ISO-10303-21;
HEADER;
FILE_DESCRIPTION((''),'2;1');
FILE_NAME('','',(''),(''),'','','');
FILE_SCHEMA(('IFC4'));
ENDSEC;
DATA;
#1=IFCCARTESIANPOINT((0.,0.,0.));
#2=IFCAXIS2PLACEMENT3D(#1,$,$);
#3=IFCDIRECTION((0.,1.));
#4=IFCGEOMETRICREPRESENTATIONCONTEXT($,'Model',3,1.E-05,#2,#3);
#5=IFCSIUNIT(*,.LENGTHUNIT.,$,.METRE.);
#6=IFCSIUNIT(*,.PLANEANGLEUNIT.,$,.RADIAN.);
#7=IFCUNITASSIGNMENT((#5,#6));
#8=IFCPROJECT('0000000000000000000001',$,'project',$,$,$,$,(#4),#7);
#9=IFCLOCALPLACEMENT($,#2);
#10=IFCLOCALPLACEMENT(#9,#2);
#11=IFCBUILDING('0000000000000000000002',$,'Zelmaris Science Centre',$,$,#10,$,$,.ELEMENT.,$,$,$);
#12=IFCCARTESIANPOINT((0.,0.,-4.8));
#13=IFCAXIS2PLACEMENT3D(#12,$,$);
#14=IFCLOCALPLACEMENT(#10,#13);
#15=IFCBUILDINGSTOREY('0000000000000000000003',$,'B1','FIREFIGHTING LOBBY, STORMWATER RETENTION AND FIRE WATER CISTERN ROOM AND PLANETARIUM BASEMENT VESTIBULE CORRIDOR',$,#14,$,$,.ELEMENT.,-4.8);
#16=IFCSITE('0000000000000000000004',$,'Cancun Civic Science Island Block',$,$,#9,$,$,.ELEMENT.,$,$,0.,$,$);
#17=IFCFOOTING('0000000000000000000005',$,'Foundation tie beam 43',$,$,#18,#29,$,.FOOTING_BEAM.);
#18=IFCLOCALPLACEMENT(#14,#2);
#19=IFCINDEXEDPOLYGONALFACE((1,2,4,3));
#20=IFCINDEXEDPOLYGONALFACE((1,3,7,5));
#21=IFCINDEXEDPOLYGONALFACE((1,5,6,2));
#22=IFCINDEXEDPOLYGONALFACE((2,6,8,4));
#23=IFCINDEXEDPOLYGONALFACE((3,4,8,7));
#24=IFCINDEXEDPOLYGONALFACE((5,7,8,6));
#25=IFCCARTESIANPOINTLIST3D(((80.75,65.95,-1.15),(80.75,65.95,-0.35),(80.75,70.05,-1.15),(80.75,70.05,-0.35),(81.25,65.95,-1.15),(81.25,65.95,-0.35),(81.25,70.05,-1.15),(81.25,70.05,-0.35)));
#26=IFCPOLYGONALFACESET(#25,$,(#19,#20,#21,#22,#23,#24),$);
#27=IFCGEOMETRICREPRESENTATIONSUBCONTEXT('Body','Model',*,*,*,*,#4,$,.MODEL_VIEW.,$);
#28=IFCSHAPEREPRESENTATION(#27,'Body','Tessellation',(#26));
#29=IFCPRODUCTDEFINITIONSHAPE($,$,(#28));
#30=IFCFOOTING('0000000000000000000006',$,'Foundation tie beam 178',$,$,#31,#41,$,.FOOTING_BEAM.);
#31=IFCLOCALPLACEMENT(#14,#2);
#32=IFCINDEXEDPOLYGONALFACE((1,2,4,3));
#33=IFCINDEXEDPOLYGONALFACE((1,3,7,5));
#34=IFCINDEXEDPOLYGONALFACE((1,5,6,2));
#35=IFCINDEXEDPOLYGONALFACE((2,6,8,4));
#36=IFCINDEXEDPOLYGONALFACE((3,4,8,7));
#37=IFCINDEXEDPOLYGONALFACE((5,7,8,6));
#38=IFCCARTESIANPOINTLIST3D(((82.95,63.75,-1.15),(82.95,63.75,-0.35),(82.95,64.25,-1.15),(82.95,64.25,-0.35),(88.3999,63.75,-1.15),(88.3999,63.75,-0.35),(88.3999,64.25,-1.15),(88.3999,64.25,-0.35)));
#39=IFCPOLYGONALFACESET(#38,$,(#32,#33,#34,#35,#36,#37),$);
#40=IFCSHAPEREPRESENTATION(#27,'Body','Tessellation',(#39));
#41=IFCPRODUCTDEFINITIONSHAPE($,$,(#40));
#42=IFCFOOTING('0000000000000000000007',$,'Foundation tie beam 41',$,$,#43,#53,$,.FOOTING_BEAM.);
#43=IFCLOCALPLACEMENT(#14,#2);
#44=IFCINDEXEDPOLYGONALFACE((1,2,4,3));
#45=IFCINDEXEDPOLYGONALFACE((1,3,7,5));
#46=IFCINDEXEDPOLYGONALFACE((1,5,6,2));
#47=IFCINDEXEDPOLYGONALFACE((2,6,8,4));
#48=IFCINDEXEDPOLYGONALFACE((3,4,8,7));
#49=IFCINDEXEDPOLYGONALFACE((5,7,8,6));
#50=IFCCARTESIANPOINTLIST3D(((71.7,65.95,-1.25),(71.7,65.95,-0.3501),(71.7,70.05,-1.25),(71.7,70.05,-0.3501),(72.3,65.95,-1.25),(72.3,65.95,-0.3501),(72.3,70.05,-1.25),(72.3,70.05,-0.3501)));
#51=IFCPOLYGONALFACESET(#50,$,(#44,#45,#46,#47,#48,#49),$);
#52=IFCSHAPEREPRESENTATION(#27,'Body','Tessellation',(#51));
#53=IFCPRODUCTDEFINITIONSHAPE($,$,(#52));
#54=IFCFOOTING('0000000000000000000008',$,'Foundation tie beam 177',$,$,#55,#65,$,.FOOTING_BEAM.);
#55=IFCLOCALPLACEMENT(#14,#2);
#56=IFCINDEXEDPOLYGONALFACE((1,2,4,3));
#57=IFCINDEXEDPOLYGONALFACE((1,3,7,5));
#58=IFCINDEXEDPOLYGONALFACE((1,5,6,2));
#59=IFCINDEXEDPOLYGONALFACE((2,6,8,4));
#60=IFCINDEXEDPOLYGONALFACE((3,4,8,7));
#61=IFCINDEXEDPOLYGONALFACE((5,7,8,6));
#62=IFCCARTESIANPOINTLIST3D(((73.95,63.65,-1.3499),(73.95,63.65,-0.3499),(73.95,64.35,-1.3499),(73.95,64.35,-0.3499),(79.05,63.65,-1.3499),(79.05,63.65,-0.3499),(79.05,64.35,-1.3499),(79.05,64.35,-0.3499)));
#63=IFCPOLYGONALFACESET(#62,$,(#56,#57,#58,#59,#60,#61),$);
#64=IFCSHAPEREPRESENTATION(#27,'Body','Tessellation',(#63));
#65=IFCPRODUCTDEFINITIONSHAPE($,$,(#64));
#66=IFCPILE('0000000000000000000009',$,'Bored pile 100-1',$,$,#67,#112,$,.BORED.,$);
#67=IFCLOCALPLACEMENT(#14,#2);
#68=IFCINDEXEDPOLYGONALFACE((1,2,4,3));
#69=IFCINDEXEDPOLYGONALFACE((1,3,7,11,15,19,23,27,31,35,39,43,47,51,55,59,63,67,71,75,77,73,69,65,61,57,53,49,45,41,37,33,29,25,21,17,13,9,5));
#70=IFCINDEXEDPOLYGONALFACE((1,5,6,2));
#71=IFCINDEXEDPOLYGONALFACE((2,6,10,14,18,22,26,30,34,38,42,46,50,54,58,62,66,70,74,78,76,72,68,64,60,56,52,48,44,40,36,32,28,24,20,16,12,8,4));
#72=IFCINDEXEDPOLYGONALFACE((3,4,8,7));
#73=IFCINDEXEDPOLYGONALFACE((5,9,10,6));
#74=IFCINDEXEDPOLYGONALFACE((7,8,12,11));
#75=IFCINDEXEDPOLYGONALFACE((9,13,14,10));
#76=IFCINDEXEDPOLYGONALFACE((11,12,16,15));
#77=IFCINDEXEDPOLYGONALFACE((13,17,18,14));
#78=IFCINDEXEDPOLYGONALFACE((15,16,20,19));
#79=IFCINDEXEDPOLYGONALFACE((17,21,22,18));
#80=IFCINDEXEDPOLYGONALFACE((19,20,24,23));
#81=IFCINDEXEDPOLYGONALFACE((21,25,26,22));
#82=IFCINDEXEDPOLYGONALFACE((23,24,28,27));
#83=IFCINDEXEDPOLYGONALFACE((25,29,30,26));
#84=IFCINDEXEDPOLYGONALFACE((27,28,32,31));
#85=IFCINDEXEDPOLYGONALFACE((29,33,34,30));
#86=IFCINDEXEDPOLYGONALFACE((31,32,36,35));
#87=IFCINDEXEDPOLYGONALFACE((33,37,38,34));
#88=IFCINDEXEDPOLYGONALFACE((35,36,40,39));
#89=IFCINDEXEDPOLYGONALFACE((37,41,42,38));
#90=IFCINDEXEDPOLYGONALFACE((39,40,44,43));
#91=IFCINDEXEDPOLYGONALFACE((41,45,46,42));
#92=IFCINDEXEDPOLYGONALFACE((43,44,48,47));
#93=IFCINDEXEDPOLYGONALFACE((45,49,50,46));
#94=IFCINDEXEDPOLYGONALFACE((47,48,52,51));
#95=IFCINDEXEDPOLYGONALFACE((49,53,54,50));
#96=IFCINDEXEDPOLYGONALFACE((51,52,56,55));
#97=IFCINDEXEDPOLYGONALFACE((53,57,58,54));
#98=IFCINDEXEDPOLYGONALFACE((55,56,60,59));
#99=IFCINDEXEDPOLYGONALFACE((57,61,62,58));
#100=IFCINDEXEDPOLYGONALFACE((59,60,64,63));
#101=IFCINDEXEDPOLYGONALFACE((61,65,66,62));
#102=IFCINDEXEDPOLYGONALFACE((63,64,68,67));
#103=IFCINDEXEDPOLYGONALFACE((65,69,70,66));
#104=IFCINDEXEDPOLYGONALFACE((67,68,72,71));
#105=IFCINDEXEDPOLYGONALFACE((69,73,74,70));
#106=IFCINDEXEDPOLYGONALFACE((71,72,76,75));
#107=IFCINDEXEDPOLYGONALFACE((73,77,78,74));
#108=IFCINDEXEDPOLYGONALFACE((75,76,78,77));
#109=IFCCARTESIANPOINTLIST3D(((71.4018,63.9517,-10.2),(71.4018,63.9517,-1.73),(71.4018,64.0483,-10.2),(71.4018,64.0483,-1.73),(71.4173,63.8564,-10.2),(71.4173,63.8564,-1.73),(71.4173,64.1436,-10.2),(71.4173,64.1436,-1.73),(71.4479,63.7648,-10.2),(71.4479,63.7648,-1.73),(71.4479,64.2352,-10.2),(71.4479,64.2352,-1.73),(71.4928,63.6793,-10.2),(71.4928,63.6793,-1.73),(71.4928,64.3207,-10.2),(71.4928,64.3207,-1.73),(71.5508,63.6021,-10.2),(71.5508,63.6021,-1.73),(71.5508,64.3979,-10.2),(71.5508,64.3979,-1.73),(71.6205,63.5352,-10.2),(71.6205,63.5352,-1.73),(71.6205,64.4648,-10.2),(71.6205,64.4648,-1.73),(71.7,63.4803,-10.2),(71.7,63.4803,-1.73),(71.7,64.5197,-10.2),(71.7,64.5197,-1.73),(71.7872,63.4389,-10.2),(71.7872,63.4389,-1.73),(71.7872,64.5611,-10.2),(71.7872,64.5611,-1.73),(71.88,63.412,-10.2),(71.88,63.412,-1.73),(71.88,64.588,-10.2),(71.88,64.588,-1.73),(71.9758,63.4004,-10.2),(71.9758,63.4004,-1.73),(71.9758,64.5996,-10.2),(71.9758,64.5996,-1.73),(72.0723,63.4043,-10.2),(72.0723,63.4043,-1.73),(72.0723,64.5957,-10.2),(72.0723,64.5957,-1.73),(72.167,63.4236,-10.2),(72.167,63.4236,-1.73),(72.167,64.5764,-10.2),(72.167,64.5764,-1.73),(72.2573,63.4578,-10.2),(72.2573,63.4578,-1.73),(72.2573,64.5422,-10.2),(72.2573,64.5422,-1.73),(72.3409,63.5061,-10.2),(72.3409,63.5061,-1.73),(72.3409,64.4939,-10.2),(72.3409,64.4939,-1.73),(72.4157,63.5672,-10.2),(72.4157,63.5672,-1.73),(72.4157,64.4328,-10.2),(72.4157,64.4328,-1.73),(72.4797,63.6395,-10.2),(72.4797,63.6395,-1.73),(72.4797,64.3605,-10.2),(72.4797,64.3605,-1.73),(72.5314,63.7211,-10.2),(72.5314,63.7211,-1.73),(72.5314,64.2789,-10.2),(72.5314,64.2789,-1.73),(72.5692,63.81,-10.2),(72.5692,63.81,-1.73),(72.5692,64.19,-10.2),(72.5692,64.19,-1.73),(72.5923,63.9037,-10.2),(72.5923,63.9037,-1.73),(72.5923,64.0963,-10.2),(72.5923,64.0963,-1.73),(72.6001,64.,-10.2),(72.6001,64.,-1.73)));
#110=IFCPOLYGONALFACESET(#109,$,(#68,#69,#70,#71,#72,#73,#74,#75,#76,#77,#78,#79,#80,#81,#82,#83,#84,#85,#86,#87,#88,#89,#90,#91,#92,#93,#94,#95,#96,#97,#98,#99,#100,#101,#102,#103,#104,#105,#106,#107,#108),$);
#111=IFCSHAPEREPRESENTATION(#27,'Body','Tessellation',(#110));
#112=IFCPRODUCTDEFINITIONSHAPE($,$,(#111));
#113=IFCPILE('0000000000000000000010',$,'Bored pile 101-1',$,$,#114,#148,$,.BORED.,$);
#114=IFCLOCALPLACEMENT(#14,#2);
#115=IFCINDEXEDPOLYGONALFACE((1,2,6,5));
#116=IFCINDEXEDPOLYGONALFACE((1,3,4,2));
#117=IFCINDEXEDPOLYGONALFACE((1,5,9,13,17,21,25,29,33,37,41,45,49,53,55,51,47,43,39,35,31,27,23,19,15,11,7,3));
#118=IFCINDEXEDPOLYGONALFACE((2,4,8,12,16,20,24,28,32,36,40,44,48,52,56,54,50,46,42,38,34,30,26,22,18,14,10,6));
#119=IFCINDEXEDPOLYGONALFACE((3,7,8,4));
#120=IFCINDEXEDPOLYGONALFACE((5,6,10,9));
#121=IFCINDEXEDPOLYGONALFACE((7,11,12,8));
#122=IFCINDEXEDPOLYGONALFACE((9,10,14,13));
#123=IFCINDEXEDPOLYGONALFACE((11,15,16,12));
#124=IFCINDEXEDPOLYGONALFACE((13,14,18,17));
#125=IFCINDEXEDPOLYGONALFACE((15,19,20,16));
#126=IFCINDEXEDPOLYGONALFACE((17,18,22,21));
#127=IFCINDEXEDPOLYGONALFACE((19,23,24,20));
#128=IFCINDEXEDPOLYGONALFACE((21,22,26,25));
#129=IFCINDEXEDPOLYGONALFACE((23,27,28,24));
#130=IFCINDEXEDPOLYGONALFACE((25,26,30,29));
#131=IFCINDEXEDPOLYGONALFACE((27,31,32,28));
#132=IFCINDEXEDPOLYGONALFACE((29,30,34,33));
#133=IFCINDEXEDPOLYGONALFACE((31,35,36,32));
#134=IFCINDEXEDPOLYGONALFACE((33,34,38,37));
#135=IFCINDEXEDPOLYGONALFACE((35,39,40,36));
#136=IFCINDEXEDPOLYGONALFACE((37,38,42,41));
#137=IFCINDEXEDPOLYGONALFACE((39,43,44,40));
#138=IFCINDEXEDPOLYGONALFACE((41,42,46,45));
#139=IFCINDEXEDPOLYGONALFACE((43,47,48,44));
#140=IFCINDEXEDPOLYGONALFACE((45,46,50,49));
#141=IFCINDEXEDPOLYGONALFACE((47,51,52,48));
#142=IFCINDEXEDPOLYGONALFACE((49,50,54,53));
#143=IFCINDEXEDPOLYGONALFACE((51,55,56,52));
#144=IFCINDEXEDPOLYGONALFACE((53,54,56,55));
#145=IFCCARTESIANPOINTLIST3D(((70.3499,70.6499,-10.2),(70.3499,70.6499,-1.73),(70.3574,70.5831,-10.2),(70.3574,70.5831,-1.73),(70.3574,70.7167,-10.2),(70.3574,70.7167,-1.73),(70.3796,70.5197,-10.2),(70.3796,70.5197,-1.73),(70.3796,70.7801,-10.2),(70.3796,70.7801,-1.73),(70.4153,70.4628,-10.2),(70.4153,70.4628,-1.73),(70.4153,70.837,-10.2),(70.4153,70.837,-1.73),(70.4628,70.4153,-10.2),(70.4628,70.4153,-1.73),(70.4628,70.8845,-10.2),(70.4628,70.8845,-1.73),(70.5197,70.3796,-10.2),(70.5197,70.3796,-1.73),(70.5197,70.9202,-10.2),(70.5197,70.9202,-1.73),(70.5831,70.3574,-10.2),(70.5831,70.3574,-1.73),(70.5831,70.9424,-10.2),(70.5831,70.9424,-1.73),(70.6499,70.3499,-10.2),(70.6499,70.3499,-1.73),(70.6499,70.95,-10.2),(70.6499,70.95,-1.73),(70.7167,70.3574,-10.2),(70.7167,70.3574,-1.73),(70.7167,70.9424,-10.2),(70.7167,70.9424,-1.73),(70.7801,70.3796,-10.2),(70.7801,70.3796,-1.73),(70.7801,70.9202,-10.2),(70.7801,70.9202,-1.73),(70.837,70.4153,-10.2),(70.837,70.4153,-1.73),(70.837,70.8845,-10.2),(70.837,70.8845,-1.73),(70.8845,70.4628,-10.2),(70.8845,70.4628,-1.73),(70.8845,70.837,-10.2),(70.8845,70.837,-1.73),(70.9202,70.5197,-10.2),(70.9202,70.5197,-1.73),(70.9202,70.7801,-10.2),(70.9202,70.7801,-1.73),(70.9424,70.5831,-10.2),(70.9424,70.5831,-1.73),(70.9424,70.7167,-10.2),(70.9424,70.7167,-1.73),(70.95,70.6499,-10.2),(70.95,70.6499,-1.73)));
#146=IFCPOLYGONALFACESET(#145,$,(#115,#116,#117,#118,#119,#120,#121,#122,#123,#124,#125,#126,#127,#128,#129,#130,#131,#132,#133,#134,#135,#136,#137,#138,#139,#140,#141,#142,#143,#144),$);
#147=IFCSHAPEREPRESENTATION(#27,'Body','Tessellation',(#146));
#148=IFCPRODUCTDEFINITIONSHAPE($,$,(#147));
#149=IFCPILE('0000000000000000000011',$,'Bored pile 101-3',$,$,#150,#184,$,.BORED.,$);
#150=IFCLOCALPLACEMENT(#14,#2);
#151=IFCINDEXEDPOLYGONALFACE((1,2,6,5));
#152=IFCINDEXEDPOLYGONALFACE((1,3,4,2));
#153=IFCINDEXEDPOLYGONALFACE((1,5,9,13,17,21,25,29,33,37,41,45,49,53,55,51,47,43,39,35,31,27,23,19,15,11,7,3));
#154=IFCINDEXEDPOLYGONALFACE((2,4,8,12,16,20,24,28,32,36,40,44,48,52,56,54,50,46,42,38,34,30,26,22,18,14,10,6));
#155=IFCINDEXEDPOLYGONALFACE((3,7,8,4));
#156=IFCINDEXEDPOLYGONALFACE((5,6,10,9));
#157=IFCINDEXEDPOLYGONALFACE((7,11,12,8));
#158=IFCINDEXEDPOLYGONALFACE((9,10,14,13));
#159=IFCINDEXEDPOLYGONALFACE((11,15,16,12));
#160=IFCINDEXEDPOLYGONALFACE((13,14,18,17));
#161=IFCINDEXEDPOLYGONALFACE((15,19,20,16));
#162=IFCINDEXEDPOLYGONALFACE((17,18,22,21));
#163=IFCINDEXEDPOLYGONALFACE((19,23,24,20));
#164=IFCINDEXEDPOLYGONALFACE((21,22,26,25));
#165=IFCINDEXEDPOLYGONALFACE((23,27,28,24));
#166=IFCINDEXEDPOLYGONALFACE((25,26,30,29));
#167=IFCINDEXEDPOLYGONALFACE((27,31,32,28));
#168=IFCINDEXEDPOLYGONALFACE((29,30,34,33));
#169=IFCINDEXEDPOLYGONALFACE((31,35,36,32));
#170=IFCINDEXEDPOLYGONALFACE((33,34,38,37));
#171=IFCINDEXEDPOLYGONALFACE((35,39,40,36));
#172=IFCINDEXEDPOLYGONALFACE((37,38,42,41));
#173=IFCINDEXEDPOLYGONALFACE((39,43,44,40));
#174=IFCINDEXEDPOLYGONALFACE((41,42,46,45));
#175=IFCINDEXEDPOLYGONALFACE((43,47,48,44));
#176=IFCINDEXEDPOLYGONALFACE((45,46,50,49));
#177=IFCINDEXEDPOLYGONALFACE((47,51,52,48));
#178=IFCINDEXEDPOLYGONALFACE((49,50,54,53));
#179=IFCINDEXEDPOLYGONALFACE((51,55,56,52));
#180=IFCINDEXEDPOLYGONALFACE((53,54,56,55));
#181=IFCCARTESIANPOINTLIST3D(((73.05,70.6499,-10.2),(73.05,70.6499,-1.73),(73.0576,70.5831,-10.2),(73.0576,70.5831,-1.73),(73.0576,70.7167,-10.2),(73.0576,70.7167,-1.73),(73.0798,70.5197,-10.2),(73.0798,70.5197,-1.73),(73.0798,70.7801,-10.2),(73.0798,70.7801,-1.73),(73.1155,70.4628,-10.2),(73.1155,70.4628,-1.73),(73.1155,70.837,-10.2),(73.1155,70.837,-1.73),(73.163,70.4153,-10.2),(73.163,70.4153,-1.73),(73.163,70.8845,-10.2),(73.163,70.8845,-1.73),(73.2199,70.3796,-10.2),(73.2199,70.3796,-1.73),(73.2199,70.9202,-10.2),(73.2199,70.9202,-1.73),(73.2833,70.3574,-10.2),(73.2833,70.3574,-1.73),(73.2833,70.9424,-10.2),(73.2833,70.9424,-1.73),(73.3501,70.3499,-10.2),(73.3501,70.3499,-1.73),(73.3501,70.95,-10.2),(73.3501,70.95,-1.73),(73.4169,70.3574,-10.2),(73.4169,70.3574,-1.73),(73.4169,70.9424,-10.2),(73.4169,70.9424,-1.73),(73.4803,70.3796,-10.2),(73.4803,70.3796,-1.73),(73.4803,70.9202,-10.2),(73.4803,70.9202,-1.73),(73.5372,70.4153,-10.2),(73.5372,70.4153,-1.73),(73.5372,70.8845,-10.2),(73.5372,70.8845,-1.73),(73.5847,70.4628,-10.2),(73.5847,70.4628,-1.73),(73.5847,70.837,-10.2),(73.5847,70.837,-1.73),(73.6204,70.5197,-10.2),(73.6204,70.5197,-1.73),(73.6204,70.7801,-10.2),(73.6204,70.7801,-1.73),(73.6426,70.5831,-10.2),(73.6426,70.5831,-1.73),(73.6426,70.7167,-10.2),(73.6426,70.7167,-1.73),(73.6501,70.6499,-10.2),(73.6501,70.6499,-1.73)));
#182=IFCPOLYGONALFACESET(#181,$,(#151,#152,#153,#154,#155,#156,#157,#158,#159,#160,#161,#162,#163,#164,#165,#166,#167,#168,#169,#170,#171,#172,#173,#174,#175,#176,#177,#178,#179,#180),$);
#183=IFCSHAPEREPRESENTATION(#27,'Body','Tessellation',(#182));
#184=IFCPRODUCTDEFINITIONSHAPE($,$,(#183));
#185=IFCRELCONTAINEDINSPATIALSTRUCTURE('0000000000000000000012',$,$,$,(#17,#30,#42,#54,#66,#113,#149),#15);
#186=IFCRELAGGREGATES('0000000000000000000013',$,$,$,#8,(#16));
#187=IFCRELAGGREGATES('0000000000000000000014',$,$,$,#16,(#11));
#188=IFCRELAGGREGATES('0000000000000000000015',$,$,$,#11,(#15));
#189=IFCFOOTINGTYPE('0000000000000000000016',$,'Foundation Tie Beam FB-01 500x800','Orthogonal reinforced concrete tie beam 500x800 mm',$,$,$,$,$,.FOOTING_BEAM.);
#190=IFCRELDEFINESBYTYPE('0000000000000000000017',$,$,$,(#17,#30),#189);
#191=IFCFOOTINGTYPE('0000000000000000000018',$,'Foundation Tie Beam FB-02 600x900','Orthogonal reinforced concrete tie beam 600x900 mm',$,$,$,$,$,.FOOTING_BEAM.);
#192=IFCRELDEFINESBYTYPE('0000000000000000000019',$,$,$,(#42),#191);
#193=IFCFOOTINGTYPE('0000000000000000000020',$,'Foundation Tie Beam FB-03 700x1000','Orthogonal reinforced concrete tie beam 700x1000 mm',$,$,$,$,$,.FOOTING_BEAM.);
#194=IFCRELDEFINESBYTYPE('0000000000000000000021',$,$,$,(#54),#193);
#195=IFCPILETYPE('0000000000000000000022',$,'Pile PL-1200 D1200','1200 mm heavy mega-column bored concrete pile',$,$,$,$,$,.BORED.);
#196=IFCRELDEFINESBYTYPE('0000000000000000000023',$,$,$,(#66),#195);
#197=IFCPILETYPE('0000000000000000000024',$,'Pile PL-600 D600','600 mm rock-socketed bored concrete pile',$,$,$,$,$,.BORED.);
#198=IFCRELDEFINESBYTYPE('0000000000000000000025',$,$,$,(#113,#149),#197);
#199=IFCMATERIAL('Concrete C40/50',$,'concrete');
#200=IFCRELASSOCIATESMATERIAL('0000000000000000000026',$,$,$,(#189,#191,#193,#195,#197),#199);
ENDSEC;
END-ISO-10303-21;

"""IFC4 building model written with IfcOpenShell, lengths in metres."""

from ifc_helpers import new_model, si_unit, direction, frame, origin, origin_2d, place, context, subcontext, project, spatial, rectangle, circle, extrude, material, material_profile, profile_set, type_object, element, save


model = new_model("IFC4")

# Units and contexts
model_context = context("Model", 3, precision=1e-05, world=origin(), true_north=direction((0.0, 1.0)))
body_context = subcontext(model_context, "Body", "Model", "MODEL_VIEW")
ifc_project = project(units=[si_unit("LENGTHUNIT", "METRE"), si_unit("PLANEANGLEUNIT", "RADIAN")], contexts=[model_context])

# Site, building, storey
site_placement = place(None, origin())
site = spatial("IfcSite", under=ifc_project, at=site_placement, Name="Cancun Civic Science Island Block", CompositionType="ELEMENT", RefElevation=0.0)
building_placement = place(site_placement, origin())
building = spatial("IfcBuilding", under=site, at=building_placement, Name="Zelmaris Science Centre", CompositionType="ELEMENT")
storey_placement = place(building_placement, frame((0.0, 0.0, -4.8)))
storey = spatial("IfcBuildingStorey", under=building, at=storey_placement, Name="B1", Description="FIREFIGHTING LOBBY, STORMWATER RETENTION AND FIRE WATER CISTERN ROOM AND PLANETARIUM BASEMENT VESTIBULE CORRIDOR", CompositionType="ELEMENT", Elevation=-4.8)

# Footings
ifc_material_1 = material(Name="Concrete C40/50", Category="concrete")
ifc_material_profile_1 = material_profile(ifc_material_1, rectangle(XDim=0.5, YDim=0.8, at=origin_2d()), Name="FB-500X800")
ifc_profile_set_1 = profile_set([ifc_material_profile_1], Name="Concrete C40/50")
footing_type_1 = type_object("IfcFootingType", Name="Foundation Tie Beam FB-01 500x800", Description="Orthogonal reinforced concrete tie beam 500x800 mm", PredefinedType="FOOTING_BEAM", material=ifc_profile_set_1)
footing_1_placement = place(storey_placement, frame((81.0, 65.95, -0.75), z_axis=(0.0, 1.0, 0.0), x_axis=(-1.0, 0.0, 0.0)))
element("IfcFooting", 1, at=footing_1_placement, inside=storey, type_object=footing_type_1, Name="Foundation tie beam 43", PredefinedType="FOOTING_BEAM", context=body_context, shape_type="SweptSolid", body=[
    extrude(rectangle(XDim=0.5, YDim=0.8, at=origin_2d()), origin(), (0.0, 0.0, 1.0), 4.1001),
])
footing_2_placement = place(storey_placement, frame((82.95, 64.0, -0.75), z_axis=(1.0, 0.0, 0.0), x_axis=(0.0, 1.0, 0.0)))
element("IfcFooting", 2, at=footing_2_placement, inside=storey, type_object=footing_type_1, Name="Foundation tie beam 178", PredefinedType="FOOTING_BEAM", context=body_context, shape_type="SweptSolid", body=[
    extrude(rectangle(XDim=0.5, YDim=0.8, at=origin_2d()), origin(), (0.0, 0.0, 1.0), 5.45),
])
ifc_material_profile_2 = material_profile(ifc_material_1, rectangle(XDim=0.6001, YDim=0.8999, at=origin_2d()), Name="FB-600X900")
ifc_profile_set_2 = profile_set([ifc_material_profile_2], Name="Concrete C40/50")
footing_type_2 = type_object("IfcFootingType", Name="Foundation Tie Beam FB-02 600x900", Description="Orthogonal reinforced concrete tie beam 600x900 mm", PredefinedType="FOOTING_BEAM", material=ifc_profile_set_2)
footing_3_placement = place(storey_placement, frame((72.0, 65.95, -0.8), z_axis=(0.0, 1.0, 0.0), x_axis=(-1.0, 0.0, 0.0)))
element("IfcFooting", 3, at=footing_3_placement, inside=storey, type_object=footing_type_2, Name="Foundation tie beam 41", PredefinedType="FOOTING_BEAM", context=body_context, shape_type="SweptSolid", body=[
    extrude(rectangle(XDim=0.6001, YDim=0.8999, at=origin_2d()), origin(), (0.0, 0.0, 1.0), 4.1001),
])
ifc_material_profile_3 = material_profile(ifc_material_1, rectangle(XDim=0.7, YDim=1.0, at=origin_2d()), Name="FB-700X1000")
ifc_profile_set_3 = profile_set([ifc_material_profile_3], Name="Concrete C40/50")
footing_type_3 = type_object("IfcFootingType", Name="Foundation Tie Beam FB-03 700x1000", Description="Orthogonal reinforced concrete tie beam 700x1000 mm", PredefinedType="FOOTING_BEAM", material=ifc_profile_set_3)
footing_4_placement = place(storey_placement, frame((73.95, 64.0, -0.8499), z_axis=(1.0, 0.0, 0.0), x_axis=(0.0, 1.0, 0.0)))
element("IfcFooting", 4, at=footing_4_placement, inside=storey, type_object=footing_type_3, Name="Foundation tie beam 177", PredefinedType="FOOTING_BEAM", context=body_context, shape_type="SweptSolid", body=[
    extrude(rectangle(XDim=0.7, YDim=1.0, at=origin_2d()), origin(), (0.0, 0.0, 1.0), 5.1001),
])

# Piles
ifc_material_profile_4 = material_profile(ifc_material_1, circle(Radius=0.6001, at=origin_2d()), Name="PILE-1200")
ifc_profile_set_4 = profile_set([ifc_material_profile_4], Name="Concrete C40/50")
pile_type_1 = type_object("IfcPileType", Name="Pile PL-1200 D1200", Description="1200 mm heavy mega-column bored concrete pile", PredefinedType="BORED", material=ifc_profile_set_4)
pile_placement = place(storey_placement, frame((72.0, 64.0, -1.73), z_axis=(0.0, 0.0, -1.0), x_axis=(1.0, 0.0, 0.0)))
element("IfcPile", 5, at=pile_placement, inside=storey, type_object=pile_type_1, Name="Bored pile 100-1", PredefinedType="BORED", context=body_context, shape_type="SweptSolid", body=[
    extrude(circle(Radius=0.6001, at=origin_2d()), origin(), (0.0, 0.0, 1.0), 8.47),
])
ifc_material_profile_5 = material_profile(ifc_material_1, circle(Radius=0.3, at=origin_2d()), Name="PILE-600")
ifc_profile_set_5 = profile_set([ifc_material_profile_5], Name="Concrete C40/50")
pile_type_2 = type_object("IfcPileType", Name="Pile PL-600 D600", Description="600 mm rock-socketed bored concrete pile", PredefinedType="BORED", material=ifc_profile_set_5)
for number, where, z_axis, x_axis, name in (
    (6, (70.6499, 70.6499, -1.73), (0.0, 0.0, -1.0), (1.0, 0.0, 0.0), "Bored pile 101-1"),
    (7, (73.3501, 70.6499, -1.73), (0.0, 0.0, -1.0), (1.0, 0.0, 0.0), "Bored pile 101-3"),
):
    element("IfcPile", number, at=place(storey_placement, frame(where, z_axis=z_axis, x_axis=x_axis)), inside=storey, type_object=pile_type_2, Name=name, PredefinedType="BORED", context=body_context, shape_type="SweptSolid", body=[
        extrude(circle(Radius=0.3, at=origin_2d()), origin(), (0.0, 0.0, 1.0), 8.47),
    ])

save(model, "model.ifc")
